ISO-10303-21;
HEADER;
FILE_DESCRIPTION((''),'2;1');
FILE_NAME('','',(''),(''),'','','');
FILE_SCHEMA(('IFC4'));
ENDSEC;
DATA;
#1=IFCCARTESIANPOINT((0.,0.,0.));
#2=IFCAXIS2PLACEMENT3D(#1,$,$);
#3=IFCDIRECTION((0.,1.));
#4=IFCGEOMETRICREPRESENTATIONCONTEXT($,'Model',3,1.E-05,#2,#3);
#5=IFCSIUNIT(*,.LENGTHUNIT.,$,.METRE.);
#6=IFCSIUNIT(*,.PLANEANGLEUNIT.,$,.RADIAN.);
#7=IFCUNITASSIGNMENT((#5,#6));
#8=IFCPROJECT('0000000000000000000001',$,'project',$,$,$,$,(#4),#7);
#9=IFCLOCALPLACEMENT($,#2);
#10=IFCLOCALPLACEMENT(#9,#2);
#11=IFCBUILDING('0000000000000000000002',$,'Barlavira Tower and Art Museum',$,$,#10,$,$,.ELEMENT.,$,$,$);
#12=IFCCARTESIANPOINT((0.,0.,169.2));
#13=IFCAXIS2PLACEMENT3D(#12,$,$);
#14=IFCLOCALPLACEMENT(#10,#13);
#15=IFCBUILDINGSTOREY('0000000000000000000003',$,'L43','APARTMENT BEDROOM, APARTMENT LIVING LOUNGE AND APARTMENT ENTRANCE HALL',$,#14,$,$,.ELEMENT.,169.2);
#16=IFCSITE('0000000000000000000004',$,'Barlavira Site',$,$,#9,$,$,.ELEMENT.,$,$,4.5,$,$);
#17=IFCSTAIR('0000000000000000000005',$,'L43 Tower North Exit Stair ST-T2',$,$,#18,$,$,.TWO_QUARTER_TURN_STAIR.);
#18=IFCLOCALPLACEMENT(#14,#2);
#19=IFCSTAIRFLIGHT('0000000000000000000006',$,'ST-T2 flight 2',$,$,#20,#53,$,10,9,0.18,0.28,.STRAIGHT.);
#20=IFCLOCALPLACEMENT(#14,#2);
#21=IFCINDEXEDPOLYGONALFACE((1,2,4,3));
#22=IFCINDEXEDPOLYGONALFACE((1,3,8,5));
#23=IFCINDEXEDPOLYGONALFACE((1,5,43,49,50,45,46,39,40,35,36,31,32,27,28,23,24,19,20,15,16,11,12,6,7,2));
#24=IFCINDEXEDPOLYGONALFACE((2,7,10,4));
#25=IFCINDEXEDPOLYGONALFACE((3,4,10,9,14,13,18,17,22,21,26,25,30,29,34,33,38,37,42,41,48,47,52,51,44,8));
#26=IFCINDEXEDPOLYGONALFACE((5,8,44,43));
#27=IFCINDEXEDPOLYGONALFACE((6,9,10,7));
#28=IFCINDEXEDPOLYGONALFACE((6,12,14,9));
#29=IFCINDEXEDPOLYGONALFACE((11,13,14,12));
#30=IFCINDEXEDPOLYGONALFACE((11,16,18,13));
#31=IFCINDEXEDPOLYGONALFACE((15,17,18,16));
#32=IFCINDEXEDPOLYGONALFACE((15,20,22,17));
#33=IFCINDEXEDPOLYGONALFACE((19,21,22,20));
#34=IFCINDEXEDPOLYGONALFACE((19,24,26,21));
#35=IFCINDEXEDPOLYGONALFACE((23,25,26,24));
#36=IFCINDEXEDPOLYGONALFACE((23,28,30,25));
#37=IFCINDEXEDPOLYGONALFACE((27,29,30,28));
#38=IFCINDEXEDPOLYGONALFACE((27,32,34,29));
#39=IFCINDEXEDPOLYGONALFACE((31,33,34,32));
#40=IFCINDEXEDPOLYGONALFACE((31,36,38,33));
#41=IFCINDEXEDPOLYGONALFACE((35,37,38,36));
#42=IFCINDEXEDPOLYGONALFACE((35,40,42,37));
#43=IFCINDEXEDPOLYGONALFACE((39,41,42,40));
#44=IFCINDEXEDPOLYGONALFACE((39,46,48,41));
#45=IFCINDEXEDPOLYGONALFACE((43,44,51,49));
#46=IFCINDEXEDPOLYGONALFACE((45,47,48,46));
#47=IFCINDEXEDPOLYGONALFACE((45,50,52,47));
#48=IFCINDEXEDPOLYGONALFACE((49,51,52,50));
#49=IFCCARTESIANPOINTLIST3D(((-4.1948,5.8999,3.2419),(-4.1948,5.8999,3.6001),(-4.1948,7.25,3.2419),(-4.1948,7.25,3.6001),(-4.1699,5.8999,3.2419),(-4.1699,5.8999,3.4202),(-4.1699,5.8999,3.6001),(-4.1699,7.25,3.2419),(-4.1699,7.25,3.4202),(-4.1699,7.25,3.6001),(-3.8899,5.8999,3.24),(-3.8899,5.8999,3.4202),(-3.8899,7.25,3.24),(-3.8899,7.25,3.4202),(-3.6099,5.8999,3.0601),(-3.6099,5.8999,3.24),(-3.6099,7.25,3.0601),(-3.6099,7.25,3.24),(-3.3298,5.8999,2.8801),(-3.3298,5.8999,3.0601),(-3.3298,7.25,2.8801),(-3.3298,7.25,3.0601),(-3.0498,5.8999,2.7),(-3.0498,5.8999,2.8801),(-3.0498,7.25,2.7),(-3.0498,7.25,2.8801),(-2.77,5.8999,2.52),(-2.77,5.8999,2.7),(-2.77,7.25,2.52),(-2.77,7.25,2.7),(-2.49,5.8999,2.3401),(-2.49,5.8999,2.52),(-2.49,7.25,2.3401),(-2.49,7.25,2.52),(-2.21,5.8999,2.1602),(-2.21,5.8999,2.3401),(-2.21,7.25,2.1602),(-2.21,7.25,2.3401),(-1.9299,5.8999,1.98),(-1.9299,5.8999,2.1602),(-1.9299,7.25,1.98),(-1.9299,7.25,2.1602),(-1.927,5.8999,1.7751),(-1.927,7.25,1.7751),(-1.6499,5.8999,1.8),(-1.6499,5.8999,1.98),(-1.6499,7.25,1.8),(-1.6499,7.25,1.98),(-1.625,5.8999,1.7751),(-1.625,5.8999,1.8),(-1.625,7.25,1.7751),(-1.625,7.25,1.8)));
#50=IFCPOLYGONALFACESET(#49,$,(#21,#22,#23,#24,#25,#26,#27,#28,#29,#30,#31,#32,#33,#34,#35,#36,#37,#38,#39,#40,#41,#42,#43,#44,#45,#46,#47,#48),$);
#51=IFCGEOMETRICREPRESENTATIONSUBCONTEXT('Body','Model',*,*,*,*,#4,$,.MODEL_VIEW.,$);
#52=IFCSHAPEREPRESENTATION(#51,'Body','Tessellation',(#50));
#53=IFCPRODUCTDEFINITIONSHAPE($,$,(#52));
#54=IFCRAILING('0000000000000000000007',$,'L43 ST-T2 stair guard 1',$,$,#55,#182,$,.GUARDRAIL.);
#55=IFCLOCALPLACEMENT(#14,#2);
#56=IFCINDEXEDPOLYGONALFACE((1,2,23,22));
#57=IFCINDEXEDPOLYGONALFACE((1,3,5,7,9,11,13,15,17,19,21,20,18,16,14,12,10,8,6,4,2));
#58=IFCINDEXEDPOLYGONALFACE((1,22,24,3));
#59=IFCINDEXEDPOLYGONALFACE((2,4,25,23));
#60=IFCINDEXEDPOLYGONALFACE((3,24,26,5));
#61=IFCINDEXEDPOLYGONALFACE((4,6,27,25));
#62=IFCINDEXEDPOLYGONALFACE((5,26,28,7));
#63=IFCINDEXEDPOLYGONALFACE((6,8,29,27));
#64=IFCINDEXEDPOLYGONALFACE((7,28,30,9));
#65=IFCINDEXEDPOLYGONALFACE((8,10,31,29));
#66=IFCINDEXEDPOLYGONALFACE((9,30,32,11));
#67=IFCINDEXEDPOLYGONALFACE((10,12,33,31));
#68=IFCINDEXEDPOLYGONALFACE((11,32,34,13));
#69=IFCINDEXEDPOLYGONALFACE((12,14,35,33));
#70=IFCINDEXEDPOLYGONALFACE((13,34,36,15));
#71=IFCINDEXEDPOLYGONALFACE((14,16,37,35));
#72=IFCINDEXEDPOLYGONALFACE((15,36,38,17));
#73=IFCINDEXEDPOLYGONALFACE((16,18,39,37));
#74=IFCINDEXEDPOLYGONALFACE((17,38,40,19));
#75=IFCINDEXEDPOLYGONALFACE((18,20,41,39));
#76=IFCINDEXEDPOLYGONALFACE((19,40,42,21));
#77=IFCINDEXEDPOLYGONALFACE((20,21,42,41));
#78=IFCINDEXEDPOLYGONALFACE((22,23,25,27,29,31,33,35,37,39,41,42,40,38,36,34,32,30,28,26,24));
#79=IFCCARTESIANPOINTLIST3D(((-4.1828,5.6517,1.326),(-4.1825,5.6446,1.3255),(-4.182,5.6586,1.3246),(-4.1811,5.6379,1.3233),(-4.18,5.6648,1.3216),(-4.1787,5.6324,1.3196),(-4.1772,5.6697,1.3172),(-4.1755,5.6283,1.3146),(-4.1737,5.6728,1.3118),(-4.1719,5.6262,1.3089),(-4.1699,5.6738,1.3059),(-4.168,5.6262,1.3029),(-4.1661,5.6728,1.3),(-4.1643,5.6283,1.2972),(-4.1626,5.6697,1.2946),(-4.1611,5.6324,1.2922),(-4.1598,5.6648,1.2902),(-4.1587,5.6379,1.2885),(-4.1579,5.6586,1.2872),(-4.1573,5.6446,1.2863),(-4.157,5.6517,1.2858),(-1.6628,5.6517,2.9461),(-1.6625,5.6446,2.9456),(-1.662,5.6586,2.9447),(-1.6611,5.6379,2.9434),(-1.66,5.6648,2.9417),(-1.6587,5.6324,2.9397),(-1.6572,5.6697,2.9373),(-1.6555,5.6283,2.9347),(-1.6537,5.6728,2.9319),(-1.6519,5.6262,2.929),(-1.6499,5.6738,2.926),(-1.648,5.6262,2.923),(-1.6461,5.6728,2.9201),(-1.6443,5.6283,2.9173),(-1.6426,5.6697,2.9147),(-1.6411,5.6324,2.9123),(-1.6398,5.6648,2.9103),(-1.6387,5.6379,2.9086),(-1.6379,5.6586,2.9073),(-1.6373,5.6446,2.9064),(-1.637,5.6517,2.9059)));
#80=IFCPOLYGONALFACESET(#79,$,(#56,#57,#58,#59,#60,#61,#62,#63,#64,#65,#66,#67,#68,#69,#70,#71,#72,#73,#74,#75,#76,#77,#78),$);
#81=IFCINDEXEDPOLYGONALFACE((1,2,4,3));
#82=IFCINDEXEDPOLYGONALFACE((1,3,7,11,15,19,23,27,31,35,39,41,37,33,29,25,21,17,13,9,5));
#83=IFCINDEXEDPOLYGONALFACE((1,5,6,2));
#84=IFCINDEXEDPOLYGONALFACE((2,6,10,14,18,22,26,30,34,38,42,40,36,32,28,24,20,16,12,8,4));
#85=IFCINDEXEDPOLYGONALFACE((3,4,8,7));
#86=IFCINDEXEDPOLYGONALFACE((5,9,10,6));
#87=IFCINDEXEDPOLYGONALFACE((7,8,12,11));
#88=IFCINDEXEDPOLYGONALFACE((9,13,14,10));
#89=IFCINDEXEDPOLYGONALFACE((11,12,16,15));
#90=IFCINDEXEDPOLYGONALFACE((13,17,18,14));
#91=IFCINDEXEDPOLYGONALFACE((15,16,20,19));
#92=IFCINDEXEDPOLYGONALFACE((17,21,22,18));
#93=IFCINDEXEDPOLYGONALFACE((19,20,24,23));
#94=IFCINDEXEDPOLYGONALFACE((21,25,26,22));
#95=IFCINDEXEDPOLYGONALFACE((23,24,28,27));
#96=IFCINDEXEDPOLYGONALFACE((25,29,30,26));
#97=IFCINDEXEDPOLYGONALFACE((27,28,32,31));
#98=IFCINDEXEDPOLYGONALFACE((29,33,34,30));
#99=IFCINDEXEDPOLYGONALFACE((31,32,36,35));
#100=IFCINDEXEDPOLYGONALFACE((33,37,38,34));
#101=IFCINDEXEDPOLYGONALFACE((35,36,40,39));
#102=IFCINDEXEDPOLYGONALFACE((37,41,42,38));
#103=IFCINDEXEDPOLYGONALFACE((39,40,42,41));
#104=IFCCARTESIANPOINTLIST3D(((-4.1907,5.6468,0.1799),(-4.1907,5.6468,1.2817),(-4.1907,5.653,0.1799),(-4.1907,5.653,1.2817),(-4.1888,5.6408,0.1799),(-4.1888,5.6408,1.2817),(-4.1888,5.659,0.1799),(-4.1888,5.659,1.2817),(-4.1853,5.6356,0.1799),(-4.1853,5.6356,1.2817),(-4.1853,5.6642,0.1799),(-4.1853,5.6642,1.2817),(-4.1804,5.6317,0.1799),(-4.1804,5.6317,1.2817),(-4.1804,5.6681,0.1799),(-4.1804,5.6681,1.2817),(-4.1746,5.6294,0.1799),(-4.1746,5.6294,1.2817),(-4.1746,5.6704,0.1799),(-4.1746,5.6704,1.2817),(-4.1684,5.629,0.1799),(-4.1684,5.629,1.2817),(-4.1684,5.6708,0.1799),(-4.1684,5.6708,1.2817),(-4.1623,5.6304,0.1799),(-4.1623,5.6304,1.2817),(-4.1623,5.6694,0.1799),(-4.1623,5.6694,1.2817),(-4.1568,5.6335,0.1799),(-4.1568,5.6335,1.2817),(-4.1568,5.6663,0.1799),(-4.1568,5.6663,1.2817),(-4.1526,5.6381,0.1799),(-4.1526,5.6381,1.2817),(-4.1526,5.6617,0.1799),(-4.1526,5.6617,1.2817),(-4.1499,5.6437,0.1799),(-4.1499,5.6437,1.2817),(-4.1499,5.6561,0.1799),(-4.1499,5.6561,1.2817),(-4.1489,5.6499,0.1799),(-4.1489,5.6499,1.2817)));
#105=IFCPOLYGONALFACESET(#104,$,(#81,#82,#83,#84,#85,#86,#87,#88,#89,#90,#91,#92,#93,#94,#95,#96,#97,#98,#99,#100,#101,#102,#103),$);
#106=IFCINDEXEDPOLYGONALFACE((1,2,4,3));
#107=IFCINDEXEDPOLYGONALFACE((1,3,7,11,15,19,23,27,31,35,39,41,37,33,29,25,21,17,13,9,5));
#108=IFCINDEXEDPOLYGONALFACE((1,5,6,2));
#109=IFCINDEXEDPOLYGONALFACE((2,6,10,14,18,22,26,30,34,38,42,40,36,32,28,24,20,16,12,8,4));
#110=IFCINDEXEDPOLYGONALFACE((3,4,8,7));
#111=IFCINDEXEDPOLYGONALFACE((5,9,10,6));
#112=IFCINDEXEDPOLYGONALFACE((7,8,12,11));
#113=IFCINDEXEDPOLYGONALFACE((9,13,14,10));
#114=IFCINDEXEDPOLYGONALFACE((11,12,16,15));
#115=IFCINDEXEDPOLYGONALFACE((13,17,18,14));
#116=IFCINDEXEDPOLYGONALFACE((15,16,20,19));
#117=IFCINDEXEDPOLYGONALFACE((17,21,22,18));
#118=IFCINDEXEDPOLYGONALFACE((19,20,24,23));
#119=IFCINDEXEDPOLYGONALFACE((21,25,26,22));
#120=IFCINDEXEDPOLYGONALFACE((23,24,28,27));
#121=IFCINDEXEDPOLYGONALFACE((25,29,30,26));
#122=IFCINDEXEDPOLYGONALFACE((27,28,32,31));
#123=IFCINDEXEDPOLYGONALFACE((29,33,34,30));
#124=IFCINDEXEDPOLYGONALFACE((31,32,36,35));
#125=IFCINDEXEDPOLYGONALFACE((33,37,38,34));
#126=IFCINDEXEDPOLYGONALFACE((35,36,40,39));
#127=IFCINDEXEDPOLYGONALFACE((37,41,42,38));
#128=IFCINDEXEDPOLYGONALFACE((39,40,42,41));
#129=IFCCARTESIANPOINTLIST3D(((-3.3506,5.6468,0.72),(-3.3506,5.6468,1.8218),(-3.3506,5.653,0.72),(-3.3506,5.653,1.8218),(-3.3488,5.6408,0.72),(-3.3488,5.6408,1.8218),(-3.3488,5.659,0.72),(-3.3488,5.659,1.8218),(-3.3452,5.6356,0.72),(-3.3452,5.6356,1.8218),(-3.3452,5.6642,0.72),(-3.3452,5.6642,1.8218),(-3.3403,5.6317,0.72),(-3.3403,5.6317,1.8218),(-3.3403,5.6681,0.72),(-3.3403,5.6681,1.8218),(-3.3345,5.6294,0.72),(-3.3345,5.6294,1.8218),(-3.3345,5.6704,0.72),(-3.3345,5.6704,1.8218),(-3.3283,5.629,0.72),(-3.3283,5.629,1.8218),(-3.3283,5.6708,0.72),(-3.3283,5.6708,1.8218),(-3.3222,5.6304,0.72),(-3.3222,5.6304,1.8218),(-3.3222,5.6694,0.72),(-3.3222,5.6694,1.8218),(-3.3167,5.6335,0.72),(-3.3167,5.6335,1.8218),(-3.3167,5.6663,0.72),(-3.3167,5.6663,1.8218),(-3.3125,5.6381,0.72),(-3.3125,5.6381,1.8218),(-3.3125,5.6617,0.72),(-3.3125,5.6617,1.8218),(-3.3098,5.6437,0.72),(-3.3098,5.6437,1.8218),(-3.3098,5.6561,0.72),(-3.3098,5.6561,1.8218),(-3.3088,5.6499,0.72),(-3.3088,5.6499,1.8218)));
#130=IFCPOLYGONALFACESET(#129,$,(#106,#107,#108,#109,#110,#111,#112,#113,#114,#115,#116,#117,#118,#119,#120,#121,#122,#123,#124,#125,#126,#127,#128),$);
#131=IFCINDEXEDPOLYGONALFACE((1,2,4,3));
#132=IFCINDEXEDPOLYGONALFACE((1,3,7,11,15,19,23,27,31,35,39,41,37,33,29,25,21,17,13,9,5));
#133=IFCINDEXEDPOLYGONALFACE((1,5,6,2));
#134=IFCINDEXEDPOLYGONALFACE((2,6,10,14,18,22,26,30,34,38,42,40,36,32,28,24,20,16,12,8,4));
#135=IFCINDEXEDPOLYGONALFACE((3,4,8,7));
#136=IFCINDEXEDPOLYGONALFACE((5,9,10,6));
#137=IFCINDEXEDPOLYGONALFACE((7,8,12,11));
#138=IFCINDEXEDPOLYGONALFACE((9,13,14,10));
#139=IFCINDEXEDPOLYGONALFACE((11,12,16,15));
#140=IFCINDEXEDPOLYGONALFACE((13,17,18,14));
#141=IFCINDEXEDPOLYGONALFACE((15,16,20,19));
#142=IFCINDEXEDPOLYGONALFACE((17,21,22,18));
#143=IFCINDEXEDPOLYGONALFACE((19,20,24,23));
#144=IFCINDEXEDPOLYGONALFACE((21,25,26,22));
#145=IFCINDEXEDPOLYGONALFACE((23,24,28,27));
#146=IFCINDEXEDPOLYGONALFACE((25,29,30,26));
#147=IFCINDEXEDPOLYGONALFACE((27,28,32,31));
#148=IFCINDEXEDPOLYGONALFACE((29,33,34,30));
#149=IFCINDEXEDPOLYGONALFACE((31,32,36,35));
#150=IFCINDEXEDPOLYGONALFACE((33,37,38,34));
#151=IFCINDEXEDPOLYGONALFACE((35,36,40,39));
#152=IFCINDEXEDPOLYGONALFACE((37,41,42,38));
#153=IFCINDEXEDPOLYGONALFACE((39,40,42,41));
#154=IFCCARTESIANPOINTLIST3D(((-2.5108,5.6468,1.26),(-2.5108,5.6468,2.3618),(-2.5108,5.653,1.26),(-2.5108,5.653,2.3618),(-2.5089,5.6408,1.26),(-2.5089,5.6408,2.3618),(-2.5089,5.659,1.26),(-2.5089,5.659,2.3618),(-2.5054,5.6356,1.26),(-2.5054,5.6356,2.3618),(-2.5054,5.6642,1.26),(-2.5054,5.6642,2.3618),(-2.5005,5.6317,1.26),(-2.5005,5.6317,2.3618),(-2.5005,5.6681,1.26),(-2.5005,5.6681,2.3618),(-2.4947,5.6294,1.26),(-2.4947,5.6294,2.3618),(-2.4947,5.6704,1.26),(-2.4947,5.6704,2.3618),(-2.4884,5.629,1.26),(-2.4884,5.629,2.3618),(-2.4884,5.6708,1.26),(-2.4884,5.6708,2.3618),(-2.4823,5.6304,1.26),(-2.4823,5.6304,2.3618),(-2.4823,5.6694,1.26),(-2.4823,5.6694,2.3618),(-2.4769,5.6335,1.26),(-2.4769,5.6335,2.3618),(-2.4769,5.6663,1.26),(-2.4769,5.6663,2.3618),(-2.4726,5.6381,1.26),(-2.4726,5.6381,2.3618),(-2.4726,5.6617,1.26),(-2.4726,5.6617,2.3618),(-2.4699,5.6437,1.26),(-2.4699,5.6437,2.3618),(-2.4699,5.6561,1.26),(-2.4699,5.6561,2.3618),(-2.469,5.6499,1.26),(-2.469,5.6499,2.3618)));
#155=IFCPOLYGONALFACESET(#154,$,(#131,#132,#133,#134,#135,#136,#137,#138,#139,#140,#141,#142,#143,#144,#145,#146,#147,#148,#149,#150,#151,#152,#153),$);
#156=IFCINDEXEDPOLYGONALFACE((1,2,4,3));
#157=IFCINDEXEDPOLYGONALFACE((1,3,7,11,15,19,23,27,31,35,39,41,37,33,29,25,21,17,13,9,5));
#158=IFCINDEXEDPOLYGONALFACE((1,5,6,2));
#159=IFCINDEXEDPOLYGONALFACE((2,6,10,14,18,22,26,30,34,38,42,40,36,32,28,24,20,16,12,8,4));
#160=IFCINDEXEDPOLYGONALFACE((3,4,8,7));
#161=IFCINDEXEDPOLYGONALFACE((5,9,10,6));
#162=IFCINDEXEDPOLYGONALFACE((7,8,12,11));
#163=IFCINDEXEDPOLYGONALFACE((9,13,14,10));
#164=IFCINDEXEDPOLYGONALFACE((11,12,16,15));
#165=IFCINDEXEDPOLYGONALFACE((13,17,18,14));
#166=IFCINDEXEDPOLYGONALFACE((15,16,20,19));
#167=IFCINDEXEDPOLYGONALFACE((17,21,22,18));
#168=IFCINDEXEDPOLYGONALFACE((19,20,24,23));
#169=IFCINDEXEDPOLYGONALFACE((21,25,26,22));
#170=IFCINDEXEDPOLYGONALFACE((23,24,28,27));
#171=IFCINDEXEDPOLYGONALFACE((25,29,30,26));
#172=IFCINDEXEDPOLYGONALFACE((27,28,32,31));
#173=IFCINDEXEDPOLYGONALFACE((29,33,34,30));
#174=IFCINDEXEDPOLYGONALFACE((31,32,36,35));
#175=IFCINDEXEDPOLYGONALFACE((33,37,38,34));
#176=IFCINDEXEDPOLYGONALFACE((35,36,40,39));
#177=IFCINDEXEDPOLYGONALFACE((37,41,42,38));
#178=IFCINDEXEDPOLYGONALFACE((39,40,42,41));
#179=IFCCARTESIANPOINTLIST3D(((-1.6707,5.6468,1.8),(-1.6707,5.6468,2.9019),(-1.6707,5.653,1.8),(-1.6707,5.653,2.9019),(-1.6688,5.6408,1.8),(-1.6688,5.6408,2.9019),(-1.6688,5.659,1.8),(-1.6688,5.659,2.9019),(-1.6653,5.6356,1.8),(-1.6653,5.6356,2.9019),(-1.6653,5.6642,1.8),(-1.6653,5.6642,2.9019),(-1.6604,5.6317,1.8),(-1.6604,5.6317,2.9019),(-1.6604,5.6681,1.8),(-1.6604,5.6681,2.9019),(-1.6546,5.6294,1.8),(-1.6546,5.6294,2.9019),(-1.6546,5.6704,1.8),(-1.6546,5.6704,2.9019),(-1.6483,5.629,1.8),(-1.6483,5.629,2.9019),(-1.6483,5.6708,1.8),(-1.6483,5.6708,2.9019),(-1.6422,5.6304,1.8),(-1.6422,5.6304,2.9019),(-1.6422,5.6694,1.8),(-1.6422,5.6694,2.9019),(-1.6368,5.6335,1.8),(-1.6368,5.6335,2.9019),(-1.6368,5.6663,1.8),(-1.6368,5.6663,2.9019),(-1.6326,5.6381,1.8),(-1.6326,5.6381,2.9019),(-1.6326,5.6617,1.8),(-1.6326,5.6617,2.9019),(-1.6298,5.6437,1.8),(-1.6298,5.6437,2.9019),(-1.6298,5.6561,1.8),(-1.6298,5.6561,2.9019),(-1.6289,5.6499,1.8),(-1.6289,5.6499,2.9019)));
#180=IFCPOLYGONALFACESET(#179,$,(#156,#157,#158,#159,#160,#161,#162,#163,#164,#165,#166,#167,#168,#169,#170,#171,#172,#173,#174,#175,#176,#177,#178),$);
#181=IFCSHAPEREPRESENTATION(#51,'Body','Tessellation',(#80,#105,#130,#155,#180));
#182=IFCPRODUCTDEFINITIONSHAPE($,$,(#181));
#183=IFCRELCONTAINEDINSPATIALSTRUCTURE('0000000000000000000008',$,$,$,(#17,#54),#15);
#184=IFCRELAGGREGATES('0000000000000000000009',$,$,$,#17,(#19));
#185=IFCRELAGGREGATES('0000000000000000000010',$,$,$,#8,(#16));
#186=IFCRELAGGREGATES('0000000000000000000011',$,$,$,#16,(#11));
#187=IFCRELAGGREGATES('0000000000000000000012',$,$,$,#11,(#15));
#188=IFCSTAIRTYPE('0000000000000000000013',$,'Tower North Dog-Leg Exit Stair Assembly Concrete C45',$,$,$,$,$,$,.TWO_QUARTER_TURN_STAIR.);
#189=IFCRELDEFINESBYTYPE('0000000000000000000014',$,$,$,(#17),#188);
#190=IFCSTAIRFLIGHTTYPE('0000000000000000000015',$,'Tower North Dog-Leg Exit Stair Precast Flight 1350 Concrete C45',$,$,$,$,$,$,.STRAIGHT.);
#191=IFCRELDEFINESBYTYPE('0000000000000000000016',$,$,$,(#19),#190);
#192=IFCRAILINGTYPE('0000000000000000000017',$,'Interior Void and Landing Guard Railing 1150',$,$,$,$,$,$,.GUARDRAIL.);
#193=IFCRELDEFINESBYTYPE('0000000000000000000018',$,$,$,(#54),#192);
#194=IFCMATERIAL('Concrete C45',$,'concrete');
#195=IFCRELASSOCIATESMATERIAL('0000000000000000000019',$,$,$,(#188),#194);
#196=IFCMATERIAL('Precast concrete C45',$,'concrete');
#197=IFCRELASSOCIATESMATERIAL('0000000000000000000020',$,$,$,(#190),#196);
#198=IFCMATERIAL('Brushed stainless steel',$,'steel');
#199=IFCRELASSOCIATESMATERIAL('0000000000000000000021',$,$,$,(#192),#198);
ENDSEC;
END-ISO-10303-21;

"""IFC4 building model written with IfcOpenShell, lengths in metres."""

from ifc_helpers import new_model, si_unit, direction, frame, origin, origin_2d, place, context, subcontext, project, spatial, polyline, circle, outline, extrude, material, type_object, element, aggregate, save


model = new_model("IFC4")

# Units and contexts
model_context = context("Model", 3, precision=1e-05, world=origin(), true_north=direction((0.0, 1.0)))
body_context = subcontext(model_context, "Body", "Model", "MODEL_VIEW")
ifc_project = project(units=[si_unit("LENGTHUNIT", "METRE"), si_unit("PLANEANGLEUNIT", "RADIAN")], contexts=[model_context])

# Site, building, storey
site_placement = place(None, origin())
site = spatial("IfcSite", under=ifc_project, at=site_placement, Name="Barlavira Site", CompositionType="ELEMENT", RefElevation=4.5)
building_placement = place(site_placement, origin())
building = spatial("IfcBuilding", under=site, at=building_placement, Name="Barlavira Tower and Art Museum", CompositionType="ELEMENT")
storey_placement = place(building_placement, frame((0.0, 0.0, 169.2)))
storey = spatial("IfcBuildingStorey", under=building, at=storey_placement, Name="L43", Description="APARTMENT BEDROOM, APARTMENT LIVING LOUNGE AND APARTMENT ENTRANCE HALL", CompositionType="ELEMENT", Elevation=169.2)

# Shared definitions
ifc_material_1 = material(Name="Brushed stainless steel", Category="steel")

# Stair, stair flight
ifc_material_2 = material(Name="Concrete C45", Category="concrete")
stair_type = type_object("IfcStairType", Name="Tower North Dog-Leg Exit Stair Assembly Concrete C45", PredefinedType="TWO_QUARTER_TURN_STAIR", material=ifc_material_2)
stair_placement = place(storey_placement, origin())
stair = element("IfcStair", 1, at=stair_placement, inside=storey, type_object=stair_type, Name="L43 Tower North Exit Stair ST-T2", PredefinedType="TWO_QUARTER_TURN_STAIR")
ifc_material_3 = material(Name="Precast concrete C45", Category="concrete")
stair_flight_type = type_object("IfcStairFlightType", Name="Tower North Dog-Leg Exit Stair Precast Flight 1350 Concrete C45", PredefinedType="STRAIGHT", material=ifc_material_3)
stair_flight_1_placement = place(storey_placement, frame((-1.6499, 6.575, 1.8), z_axis=(0.0, 0.0, 1.0), x_axis=(-1.0, 0.0, 0.0)))
stair_flight_1 = element("IfcStairFlight", 2, at=stair_flight_1_placement, type_object=stair_flight_type, Name="ST-T2 flight 2", NumberOfRisers=10, NumberOfTreads=9, PredefinedType="STRAIGHT", RiserHeight=0.18, TreadLength=0.28, context=body_context, shape_type="SweptSolid", body=[
    extrude(outline(polyline([(-0.0249, 0.0), (0.0, 0.0), (0.0, 0.1799), (0.28, 0.1799), (0.28, 0.3601), (0.5601, 0.3601), (0.5601, 0.54), (0.8401, 0.54), (0.8401, 0.72), (1.1201, 0.72), (1.1201, 0.8999), (1.3999, 0.8999), (1.3999, 1.0801), (1.6799, 1.0801), (1.6799, 1.26), (1.96, 1.26), (1.96, 1.4399), (2.24, 1.4399), (2.24, 1.6201), (2.52, 1.6201), (2.52, 1.8), (2.5449, 1.8), (2.5449, 1.4419), (2.52, 1.4419), (0.2771, -0.0249), (-0.0249, -0.0249), (-0.0249, 0.0)])), frame((0.0, 0.675, 0.0), z_axis=(0.0, -1.0, 0.0), x_axis=(1.0, 0.0, 0.0)), (0.0, 0.0, 1.0), 1.3501),
])
aggregate(stair, [stair_flight_1])

# Railing
railing_type_1 = type_object("IfcRailingType", Name="Interior Void and Landing Guard Railing 1150", PredefinedType="GUARDRAIL", material=ifc_material_1)
railing_1_placement = place(storey_placement, frame((-4.1699, 5.6499, 0.1799)))
element("IfcRailing", 3, at=railing_1_placement, inside=storey, type_object=railing_type_1, Name="L43 ST-T2 stair guard 1", PredefinedType="GUARDRAIL", context=body_context, shape_type="SweptSolid", body=[
    extrude(circle(Radius=0.0239, at=origin_2d()), frame((0.0, 0.0, 1.126), z_axis=(0.841163, 0.0, 0.540782), x_axis=(0.0, 1.0, 0.0)), (0.0, 0.0, 1.0), 2.9958),
    extrude(circle(Radius=0.021, at=origin_2d()), origin(), (0.0, 0.0, 1.0), 1.1018),
    extrude(circle(Radius=0.021, at=origin_2d()), frame((0.8401, 0.0, 0.54)), (0.0, 0.0, 1.0), 1.1018),
    extrude(circle(Radius=0.021, at=origin_2d()), frame((1.6799, 0.0, 1.0801)), (0.0, 0.0, 1.0), 1.1018),
    extrude(circle(Radius=0.021, at=origin_2d()), frame((2.52, 0.0, 1.6201)), (0.0, 0.0, 1.0), 1.1018),
])

save(model, "model.ifc")
